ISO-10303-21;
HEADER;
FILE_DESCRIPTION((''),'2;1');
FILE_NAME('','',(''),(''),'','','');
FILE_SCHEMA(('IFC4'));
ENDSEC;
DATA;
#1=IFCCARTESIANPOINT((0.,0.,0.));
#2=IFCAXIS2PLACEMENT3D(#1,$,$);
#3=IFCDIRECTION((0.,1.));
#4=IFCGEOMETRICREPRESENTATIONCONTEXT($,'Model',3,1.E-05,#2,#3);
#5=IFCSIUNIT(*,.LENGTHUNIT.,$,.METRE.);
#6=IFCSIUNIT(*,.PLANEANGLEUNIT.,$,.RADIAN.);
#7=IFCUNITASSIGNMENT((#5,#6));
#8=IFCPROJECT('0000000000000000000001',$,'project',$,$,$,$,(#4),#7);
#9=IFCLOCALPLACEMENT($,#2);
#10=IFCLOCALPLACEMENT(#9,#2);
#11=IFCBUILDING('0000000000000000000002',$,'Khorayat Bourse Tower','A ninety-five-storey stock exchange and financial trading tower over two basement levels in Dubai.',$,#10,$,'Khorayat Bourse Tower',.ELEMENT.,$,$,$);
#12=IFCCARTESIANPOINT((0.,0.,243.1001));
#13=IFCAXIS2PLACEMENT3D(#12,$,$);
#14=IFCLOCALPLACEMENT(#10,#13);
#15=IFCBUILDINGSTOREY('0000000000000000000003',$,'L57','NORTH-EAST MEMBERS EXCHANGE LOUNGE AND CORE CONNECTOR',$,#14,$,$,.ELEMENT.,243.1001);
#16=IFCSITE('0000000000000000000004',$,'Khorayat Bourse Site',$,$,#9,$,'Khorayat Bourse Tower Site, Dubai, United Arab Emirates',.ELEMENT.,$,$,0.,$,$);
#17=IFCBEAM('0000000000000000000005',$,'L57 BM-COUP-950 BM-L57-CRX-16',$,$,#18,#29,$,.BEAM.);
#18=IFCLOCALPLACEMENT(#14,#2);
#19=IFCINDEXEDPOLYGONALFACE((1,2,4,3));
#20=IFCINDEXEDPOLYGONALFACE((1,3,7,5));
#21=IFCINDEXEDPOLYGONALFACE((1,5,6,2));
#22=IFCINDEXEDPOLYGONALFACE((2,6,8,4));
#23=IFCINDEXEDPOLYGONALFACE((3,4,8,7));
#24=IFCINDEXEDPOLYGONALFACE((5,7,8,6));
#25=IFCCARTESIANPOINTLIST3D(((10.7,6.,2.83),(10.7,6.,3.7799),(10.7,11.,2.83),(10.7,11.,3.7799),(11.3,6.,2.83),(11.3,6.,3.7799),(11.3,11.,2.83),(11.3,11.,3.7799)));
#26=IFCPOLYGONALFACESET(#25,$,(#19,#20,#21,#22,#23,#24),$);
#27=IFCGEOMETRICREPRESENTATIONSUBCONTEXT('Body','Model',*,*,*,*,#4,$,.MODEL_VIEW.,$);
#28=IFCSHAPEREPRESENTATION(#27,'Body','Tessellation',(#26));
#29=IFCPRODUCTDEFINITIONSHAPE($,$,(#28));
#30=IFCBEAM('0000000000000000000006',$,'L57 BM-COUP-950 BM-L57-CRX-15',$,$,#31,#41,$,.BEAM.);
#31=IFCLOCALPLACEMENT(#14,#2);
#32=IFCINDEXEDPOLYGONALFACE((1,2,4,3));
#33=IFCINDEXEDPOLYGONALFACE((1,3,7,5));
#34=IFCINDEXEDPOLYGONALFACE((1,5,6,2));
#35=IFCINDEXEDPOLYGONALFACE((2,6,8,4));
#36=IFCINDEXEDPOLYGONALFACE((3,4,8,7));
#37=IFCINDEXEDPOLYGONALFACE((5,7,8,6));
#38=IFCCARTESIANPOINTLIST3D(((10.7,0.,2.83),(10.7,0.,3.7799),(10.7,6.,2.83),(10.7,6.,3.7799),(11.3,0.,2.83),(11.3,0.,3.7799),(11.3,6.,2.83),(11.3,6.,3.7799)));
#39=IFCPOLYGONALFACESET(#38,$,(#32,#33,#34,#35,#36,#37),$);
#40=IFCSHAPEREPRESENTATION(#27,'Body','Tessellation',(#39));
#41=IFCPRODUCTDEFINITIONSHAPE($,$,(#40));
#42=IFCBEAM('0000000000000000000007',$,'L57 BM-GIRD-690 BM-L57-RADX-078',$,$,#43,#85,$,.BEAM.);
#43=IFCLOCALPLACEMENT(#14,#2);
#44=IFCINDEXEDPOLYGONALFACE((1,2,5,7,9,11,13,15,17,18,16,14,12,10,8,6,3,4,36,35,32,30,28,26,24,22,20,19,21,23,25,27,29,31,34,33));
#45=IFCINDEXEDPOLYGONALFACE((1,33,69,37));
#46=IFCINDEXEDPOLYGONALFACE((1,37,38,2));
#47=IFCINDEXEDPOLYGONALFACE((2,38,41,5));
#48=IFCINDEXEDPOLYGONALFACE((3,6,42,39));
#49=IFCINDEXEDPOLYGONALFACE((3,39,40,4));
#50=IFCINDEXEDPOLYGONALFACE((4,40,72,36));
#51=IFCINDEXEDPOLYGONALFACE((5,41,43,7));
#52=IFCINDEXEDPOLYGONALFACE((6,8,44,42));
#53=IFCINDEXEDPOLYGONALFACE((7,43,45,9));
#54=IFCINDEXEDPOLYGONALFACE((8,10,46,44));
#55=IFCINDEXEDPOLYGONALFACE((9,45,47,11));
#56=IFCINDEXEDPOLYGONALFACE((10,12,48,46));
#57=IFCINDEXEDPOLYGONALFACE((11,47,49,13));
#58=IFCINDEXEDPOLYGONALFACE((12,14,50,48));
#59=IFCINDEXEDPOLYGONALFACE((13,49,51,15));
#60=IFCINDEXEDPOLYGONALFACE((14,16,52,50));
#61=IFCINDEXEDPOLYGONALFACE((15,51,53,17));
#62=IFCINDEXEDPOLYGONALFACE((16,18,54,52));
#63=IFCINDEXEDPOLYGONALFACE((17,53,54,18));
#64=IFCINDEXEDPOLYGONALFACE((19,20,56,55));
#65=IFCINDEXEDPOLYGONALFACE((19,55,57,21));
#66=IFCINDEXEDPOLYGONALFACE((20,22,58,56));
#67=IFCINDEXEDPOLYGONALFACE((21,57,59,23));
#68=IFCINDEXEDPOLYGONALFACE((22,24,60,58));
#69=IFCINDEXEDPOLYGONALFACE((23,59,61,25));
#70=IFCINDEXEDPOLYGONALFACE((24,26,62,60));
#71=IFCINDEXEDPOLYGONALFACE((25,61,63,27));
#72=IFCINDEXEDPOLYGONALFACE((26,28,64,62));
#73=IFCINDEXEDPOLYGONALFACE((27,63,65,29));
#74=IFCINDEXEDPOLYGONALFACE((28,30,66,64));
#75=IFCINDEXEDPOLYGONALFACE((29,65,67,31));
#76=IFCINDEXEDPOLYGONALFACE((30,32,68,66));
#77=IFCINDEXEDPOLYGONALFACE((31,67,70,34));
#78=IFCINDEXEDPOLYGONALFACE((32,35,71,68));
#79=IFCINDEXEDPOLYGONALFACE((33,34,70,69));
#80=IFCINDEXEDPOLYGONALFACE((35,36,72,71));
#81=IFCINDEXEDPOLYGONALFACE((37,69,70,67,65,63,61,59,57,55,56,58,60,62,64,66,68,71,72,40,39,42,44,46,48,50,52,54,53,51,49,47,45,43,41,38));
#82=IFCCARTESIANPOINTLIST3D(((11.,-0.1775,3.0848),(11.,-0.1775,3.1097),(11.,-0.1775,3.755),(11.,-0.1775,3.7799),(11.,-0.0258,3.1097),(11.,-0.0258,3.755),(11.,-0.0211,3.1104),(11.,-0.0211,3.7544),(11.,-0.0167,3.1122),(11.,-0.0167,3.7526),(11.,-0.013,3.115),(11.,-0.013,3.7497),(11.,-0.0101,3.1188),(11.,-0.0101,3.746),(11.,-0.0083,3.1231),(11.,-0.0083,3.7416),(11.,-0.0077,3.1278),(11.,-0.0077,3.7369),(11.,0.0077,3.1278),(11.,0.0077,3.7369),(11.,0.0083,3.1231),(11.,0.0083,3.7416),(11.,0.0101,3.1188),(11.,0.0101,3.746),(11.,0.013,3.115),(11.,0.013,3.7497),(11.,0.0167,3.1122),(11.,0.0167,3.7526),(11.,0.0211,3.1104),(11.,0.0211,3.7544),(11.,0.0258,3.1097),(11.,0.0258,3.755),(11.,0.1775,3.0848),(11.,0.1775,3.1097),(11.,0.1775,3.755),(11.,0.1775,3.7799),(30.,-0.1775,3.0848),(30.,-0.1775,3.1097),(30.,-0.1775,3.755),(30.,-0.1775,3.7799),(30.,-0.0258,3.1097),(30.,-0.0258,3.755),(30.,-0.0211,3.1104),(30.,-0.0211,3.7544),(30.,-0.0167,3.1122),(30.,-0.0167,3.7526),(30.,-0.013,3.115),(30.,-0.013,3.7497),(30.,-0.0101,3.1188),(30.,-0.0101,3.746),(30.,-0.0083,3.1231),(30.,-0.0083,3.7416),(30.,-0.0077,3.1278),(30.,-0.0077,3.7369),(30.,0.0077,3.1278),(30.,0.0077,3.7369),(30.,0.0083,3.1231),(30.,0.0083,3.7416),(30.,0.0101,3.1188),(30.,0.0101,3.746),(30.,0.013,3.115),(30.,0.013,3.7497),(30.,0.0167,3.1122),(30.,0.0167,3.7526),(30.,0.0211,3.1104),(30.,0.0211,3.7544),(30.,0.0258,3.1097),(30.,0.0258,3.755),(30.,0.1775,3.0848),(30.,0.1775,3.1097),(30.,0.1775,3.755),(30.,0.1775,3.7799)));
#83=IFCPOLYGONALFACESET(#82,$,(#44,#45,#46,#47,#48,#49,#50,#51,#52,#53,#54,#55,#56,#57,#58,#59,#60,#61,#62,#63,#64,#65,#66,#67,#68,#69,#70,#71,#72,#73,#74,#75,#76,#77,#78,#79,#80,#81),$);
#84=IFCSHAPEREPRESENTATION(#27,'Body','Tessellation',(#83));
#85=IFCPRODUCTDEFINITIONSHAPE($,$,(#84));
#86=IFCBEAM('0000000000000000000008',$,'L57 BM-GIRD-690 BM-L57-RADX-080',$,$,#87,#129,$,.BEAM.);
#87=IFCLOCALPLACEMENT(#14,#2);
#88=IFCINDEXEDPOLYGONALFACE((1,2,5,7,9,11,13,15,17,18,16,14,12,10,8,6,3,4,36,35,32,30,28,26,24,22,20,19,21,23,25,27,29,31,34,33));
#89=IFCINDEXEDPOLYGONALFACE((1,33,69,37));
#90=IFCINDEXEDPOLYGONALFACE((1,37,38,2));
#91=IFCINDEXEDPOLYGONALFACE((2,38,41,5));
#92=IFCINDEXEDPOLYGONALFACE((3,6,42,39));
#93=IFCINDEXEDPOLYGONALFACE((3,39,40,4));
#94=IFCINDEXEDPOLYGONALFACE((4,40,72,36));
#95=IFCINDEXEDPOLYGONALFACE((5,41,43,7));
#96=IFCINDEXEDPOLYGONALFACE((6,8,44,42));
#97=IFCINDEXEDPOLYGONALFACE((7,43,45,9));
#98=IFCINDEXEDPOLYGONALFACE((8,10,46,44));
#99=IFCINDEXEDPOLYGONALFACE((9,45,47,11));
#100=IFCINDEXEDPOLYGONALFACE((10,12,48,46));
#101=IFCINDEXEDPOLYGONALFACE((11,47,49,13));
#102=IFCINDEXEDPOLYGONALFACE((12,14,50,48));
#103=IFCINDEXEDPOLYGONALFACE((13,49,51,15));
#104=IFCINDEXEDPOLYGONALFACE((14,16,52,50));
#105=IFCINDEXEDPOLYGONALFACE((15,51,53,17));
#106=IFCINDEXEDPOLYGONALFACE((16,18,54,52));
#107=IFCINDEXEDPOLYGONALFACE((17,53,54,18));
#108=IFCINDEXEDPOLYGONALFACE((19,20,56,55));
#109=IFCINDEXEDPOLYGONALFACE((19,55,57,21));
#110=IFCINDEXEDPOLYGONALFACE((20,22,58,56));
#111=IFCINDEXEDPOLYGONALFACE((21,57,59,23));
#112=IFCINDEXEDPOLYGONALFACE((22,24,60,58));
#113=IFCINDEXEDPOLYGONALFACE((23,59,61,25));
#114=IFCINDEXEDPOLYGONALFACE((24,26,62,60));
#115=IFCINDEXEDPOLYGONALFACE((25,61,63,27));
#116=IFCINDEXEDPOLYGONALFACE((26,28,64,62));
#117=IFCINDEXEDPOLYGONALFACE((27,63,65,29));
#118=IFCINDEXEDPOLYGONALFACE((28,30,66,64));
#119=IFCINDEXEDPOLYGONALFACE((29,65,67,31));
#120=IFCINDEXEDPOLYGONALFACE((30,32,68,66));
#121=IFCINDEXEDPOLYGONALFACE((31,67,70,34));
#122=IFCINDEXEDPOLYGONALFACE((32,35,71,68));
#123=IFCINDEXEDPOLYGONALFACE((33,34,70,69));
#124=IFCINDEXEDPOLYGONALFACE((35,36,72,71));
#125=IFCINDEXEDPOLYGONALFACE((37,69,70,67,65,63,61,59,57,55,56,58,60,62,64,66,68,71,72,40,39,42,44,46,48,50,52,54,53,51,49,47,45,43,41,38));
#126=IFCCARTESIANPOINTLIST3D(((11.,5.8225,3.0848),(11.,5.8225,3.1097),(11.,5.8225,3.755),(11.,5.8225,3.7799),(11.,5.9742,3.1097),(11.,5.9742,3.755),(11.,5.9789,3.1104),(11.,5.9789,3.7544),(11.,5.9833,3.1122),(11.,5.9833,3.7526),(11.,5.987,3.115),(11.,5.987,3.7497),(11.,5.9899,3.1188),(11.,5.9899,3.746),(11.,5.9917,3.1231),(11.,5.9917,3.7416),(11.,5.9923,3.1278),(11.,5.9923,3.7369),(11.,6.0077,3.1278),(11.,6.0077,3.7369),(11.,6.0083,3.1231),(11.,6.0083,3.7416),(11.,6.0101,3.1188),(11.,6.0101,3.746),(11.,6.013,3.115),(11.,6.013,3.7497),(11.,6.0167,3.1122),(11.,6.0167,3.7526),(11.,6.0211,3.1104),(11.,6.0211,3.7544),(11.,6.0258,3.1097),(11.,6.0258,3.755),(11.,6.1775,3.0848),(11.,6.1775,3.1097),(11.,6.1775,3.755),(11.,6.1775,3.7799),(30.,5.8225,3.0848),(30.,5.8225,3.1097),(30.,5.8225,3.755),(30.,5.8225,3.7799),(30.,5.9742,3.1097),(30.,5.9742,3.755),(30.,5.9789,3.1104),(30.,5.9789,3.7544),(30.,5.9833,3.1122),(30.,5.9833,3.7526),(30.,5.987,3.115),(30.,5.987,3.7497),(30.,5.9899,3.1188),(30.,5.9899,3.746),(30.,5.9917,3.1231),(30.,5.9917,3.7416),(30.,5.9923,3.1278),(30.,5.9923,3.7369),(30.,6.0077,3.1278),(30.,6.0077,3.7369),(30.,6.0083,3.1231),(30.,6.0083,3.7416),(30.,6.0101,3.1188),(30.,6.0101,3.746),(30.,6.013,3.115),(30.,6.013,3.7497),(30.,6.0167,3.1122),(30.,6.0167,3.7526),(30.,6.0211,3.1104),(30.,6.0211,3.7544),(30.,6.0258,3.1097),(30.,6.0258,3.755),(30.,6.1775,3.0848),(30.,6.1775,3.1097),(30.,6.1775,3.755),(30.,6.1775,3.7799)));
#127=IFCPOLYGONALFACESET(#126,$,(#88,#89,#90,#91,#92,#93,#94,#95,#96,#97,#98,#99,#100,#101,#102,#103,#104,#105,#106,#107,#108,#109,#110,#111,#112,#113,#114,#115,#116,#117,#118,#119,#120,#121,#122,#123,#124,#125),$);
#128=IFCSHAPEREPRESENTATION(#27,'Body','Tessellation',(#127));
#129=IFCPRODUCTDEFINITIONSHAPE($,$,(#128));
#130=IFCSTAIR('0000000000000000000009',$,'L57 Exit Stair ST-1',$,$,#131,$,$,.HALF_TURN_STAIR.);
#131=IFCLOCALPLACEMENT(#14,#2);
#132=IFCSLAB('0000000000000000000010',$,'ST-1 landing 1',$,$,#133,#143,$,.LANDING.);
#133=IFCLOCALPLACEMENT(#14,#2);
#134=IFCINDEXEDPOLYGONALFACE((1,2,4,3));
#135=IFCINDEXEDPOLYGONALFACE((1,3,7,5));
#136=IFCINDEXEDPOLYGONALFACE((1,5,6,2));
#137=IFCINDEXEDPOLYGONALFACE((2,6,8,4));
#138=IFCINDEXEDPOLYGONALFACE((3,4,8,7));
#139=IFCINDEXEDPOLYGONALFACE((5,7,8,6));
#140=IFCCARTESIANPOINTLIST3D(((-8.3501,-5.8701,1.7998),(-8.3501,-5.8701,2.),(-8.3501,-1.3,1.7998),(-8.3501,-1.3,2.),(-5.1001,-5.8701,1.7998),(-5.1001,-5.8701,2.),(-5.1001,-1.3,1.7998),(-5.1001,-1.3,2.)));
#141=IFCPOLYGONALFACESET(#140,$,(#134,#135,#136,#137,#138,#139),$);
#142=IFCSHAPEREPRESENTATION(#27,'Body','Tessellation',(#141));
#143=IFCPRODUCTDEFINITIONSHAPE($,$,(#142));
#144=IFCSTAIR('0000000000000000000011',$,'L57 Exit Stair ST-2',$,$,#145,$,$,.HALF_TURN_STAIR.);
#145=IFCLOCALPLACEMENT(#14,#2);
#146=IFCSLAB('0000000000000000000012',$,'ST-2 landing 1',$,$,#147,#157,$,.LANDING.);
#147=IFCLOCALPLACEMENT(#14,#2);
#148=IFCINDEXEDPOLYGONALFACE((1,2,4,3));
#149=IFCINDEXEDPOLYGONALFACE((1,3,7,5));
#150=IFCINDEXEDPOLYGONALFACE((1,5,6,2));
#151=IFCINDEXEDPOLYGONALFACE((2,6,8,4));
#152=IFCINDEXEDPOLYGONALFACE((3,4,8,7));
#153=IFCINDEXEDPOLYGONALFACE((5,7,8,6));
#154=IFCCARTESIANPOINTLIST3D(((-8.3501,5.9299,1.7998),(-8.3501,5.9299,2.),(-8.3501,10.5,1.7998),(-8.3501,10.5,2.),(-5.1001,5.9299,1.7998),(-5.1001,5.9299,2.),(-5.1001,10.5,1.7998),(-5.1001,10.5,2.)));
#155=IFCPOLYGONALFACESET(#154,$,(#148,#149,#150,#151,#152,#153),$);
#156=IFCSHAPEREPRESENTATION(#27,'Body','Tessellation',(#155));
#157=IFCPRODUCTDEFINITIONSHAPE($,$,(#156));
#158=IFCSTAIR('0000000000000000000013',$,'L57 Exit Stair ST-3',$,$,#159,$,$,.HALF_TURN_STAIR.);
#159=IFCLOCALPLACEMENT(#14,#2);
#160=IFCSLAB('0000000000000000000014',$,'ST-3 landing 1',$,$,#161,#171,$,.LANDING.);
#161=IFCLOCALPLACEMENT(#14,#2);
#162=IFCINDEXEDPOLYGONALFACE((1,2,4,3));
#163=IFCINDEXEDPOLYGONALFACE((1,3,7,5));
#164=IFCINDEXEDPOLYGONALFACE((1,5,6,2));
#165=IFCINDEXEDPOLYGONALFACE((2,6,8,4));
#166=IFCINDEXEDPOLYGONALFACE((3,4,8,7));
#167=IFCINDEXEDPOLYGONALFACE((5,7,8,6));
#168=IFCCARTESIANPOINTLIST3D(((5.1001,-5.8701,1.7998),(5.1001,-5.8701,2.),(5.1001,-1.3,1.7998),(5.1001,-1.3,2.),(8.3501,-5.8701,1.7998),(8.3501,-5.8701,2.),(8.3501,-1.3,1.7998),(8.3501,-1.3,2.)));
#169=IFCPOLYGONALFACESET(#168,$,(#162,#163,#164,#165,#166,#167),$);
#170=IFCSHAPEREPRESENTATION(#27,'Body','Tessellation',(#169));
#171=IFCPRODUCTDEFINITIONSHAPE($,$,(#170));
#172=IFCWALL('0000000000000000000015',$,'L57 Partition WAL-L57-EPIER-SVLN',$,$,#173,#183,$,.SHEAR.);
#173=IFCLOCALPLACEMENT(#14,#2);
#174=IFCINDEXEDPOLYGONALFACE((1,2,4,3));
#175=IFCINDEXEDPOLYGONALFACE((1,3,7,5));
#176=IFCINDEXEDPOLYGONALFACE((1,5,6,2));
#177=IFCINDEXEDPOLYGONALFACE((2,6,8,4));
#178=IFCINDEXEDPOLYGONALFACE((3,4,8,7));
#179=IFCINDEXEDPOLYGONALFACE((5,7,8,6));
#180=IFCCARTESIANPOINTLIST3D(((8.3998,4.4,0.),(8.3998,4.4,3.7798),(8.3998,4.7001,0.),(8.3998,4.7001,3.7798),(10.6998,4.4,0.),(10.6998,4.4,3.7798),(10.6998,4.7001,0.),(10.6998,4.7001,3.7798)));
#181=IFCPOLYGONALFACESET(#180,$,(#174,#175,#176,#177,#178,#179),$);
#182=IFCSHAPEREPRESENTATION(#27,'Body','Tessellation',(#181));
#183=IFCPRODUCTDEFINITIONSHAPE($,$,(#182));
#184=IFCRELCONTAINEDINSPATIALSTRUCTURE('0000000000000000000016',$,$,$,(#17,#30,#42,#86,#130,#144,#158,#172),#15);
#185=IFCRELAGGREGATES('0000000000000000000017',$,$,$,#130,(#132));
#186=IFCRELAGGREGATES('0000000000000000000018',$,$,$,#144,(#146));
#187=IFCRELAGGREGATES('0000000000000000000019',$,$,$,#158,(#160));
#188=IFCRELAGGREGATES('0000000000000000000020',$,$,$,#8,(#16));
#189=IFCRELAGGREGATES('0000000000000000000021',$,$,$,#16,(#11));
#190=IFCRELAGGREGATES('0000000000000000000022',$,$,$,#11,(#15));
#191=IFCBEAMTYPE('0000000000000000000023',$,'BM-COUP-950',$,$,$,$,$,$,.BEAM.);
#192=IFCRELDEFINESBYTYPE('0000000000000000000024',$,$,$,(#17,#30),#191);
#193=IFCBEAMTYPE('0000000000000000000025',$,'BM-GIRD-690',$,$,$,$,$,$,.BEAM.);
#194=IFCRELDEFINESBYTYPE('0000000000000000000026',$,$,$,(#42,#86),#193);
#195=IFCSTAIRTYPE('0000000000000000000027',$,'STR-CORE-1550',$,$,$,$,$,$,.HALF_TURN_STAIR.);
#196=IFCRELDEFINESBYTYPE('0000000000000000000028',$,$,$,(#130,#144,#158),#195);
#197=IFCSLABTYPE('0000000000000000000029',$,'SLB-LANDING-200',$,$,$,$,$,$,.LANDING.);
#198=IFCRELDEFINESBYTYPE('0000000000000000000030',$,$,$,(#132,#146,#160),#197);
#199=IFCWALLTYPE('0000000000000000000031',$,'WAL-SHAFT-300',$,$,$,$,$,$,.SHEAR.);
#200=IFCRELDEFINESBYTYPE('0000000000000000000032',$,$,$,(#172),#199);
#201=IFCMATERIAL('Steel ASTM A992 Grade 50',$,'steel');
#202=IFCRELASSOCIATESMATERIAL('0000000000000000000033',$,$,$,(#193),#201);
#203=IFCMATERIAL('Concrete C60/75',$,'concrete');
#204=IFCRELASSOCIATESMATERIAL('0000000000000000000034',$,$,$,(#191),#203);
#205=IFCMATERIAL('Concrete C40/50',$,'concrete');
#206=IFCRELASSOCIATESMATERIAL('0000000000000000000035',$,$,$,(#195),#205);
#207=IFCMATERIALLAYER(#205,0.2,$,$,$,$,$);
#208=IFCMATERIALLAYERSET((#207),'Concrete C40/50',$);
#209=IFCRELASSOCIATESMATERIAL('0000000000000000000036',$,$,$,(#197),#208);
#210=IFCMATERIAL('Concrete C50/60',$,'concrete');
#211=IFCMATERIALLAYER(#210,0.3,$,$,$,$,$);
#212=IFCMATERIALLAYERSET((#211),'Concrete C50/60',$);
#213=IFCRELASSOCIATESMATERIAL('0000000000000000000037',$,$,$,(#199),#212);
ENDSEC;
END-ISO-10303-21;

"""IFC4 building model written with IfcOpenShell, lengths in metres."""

from ifc_helpers import new_model, si_unit, direction, frame, frame_2d, origin, origin_2d, place, context, subcontext, project, spatial, polyline, rectangle, i_section, outline, extrude, source, transform, mapped, material, layer, layer_set, material_profile, profile_set, type_object, element, aggregate, save


model = new_model("IFC4")

# Units and contexts
model_context = context("Model", 3, precision=1e-05, world=origin(), true_north=direction((0.0, 1.0)))
body_context = subcontext(model_context, "Body", "Model", "MODEL_VIEW")
ifc_project = project(units=[si_unit("LENGTHUNIT", "METRE"), si_unit("PLANEANGLEUNIT", "RADIAN")], contexts=[model_context])

# Site, building, storey
site_placement = place(None, origin())
site = spatial("IfcSite", under=ifc_project, at=site_placement, Name="Khorayat Bourse Site", LongName="Khorayat Bourse Tower Site, Dubai, United Arab Emirates", CompositionType="ELEMENT", RefElevation=0.0)
building_placement = place(site_placement, origin())
building = spatial("IfcBuilding", under=site, at=building_placement, Name="Khorayat Bourse Tower", Description="A ninety-five-storey stock exchange and financial trading tower over two basement levels in Dubai.", LongName="Khorayat Bourse Tower", CompositionType="ELEMENT")
storey_placement = place(building_placement, frame((0.0, 0.0, 243.1001)))
storey = spatial("IfcBuildingStorey", under=building, at=storey_placement, Name="L57", Description="NORTH-EAST MEMBERS EXCHANGE LOUNGE AND CORE CONNECTOR", CompositionType="ELEMENT", Elevation=243.1001)

# Shared definitions
ifc_material_1 = material(Name="Concrete C60/75", Category="concrete")

# Beams
ifc_material_2 = material(Name="Steel ASTM A992 Grade 50", Category="steel")
ifc_material_profile_1 = material_profile(ifc_material_2, i_section(OverallWidth=0.355, OverallDepth=0.6951, WebThickness=0.0154, FlangeThickness=0.0249, FilletRadius=0.0181, at=origin_2d()), Name="W690X217")
ifc_profile_set_1 = profile_set([ifc_material_profile_1], Name="Steel ASTM A992 Grade 50")
beam_type_1 = type_object("IfcBeamType", Name="BM-GIRD-690", PredefinedType="BEAM", material=ifc_profile_set_1)
ifc_material_profile_2 = material_profile(ifc_material_1, rectangle(XDim=0.6001, YDim=0.95, at=origin_2d()), Name="RC 600x950")
ifc_profile_set_2 = profile_set([ifc_material_profile_2], Name="Concrete C60/75")
beam_type_2 = type_object("IfcBeamType", Name="BM-COUP-950", PredefinedType="BEAM", material=ifc_profile_set_2)
shared_shape_1 = source(origin(), body_context, "Body", "SweptSolid", [
    extrude(rectangle(XDim=0.6001, YDim=0.95, at=origin_2d()), origin(), (0.0, 0.0, 1.0), 5.0),
])
beam_1_placement = place(storey_placement, frame((11.0, 6.0, 3.3049), z_axis=(0.0, 1.0, 0.0), x_axis=(-1.0, 0.0, 0.0)))
element("IfcBeam", 1, at=beam_1_placement, inside=storey, type_object=beam_type_2, Name="L57 BM-COUP-950 BM-L57-CRX-16", PredefinedType="BEAM", context=body_context, shape_type="MappedRepresentation", body=[
    mapped(shared_shape_1, transform((0.0, 0.0, 0.0), scale=1.0)),
])
shared_shape_2 = source(origin(), body_context, "Body", "SweptSolid", [
    extrude(rectangle(XDim=0.6001, YDim=0.95, at=origin_2d()), origin(), (0.0, 0.0, 1.0), 6.0),
])
beam_2_placement = place(storey_placement, frame((11.0, 0.0, 3.3049), z_axis=(0.0, 1.0, 0.0), x_axis=(-1.0, 0.0, 0.0)))
element("IfcBeam", 2, at=beam_2_placement, inside=storey, type_object=beam_type_2, Name="L57 BM-COUP-950 BM-L57-CRX-15", PredefinedType="BEAM", context=body_context, shape_type="MappedRepresentation", body=[
    mapped(shared_shape_2, transform((0.0, 0.0, 0.0), scale=1.0)),
])
shared_shape_3 = source(origin(), body_context, "Body", "SweptSolid", [
    extrude(i_section(OverallWidth=0.355, OverallDepth=0.6951, WebThickness=0.0154, FlangeThickness=0.0249, FilletRadius=0.0181, at=origin_2d()), origin(), (0.0, 0.0, 1.0), 19.0),
])
for number, where, z_axis, x_axis, name in (
    (3, (11.0, 0.0, 3.4324), (1.0, 0.0, 0.0), (0.0, 1.0, 0.0), "L57 BM-GIRD-690 BM-L57-RADX-078"),
    (4, (11.0, 6.0, 3.4324), (1.0, 0.0, 0.0), (0.0, 1.0, 0.0), "L57 BM-GIRD-690 BM-L57-RADX-080"),
):
    element("IfcBeam", number, at=place(storey_placement, frame(where, z_axis=z_axis, x_axis=x_axis)), inside=storey, type_object=beam_type_1, Name=name, PredefinedType="BEAM", context=body_context, shape_type="MappedRepresentation", body=[
        mapped(shared_shape_3, transform((0.0, 0.0, 0.0), scale=1.0)),
    ])

# Stairs, slabs
ifc_material_3 = material(Name="Concrete C40/50", Category="concrete")
stair_type = type_object("IfcStairType", Name="STR-CORE-1550", PredefinedType="HALF_TURN_STAIR", material=ifc_material_3)
stair_1_placement = place(storey_placement, origin())
stair_1 = element("IfcStair", 5, at=stair_1_placement, inside=storey, type_object=stair_type, Name="L57 Exit Stair ST-1", PredefinedType="HALF_TURN_STAIR")
ifc_layer_1 = layer(ifc_material_3, 0.2)
ifc_layer_set_1 = layer_set([ifc_layer_1], Name="Concrete C40/50")
slab_type = type_object("IfcSlabType", Name="SLB-LANDING-200", PredefinedType="LANDING", material=ifc_layer_set_1)
slab_1_placement = place(storey_placement, frame((0.0, 0.0, 1.7998)))
slab_1 = element("IfcSlab", 6, at=slab_1_placement, type_object=slab_type, Name="ST-1 landing 1", PredefinedType="LANDING", context=body_context, shape_type="SweptSolid", body=[
    extrude(outline(polyline([(-5.1001, -5.8701), (-5.1001, -1.3), (-8.3501, -1.3), (-8.3501, -5.8701), (-5.1001, -5.8701)])), origin(), (0.0, 0.0, 1.0), 0.2002),
])
aggregate(stair_1, [slab_1])
stair_2_placement = place(storey_placement, origin())
stair_2 = element("IfcStair", 7, at=stair_2_placement, inside=storey, type_object=stair_type, Name="L57 Exit Stair ST-2", PredefinedType="HALF_TURN_STAIR")
slab_2_placement = place(storey_placement, frame((0.0, 0.0, 1.7998)))
slab_2 = element("IfcSlab", 8, at=slab_2_placement, type_object=slab_type, Name="ST-2 landing 1", PredefinedType="LANDING", context=body_context, shape_type="SweptSolid", body=[
    extrude(outline(polyline([(-5.1001, 5.9299), (-5.1001, 10.5), (-8.3501, 10.5), (-8.3501, 5.9299), (-5.1001, 5.9299)])), origin(), (0.0, 0.0, 1.0), 0.2002),
])
aggregate(stair_2, [slab_2])
stair_3_placement = place(storey_placement, origin())
stair_3 = element("IfcStair", 9, at=stair_3_placement, inside=storey, type_object=stair_type, Name="L57 Exit Stair ST-3", PredefinedType="HALF_TURN_STAIR")
slab_3_placement = place(storey_placement, frame((0.0, 0.0, 1.7998)))
slab_3 = element("IfcSlab", 10, at=slab_3_placement, type_object=slab_type, Name="ST-3 landing 1", PredefinedType="LANDING", context=body_context, shape_type="SweptSolid", body=[
    extrude(outline(polyline([(8.3501, -5.8701), (8.3501, -1.3), (5.1001, -1.3), (5.1001, -5.8701), (8.3501, -5.8701)])), origin(), (0.0, 0.0, 1.0), 0.2002),
])
aggregate(stair_3, [slab_3])

# Wall
ifc_material_4 = material(Name="Concrete C50/60", Category="concrete")
ifc_layer_2 = layer(ifc_material_4, 0.3)
ifc_layer_set_2 = layer_set([ifc_layer_2], Name="Concrete C50/60")
wall_type_1 = type_object("IfcWallType", Name="WAL-SHAFT-300", PredefinedType="SHEAR", material=ifc_layer_set_2)
shared_shape_4 = source(origin(), body_context, "Body", "SweptSolid", [
    extrude(rectangle(XDim=2.3, YDim=0.3, at=frame_2d((1.1499, 0.0))), origin(), (0.0, 0.0, 1.0), 3.7798),
])
wall_1_placement = place(storey_placement, frame((8.3999, 4.55, 0.0), z_axis=(0.0, 0.0, 1.0), x_axis=(1.0, 0.0, 0.0)))
element("IfcWall", 11, at=wall_1_placement, inside=storey, type_object=wall_type_1, Name="L57 Partition WAL-L57-EPIER-SVLN", PredefinedType="SHEAR", context=body_context, shape_type="MappedRepresentation", body=[
    mapped(shared_shape_4, transform((0.0, 0.0, 0.0), scale=1.0)),
])

save(model, "model.ifc")
